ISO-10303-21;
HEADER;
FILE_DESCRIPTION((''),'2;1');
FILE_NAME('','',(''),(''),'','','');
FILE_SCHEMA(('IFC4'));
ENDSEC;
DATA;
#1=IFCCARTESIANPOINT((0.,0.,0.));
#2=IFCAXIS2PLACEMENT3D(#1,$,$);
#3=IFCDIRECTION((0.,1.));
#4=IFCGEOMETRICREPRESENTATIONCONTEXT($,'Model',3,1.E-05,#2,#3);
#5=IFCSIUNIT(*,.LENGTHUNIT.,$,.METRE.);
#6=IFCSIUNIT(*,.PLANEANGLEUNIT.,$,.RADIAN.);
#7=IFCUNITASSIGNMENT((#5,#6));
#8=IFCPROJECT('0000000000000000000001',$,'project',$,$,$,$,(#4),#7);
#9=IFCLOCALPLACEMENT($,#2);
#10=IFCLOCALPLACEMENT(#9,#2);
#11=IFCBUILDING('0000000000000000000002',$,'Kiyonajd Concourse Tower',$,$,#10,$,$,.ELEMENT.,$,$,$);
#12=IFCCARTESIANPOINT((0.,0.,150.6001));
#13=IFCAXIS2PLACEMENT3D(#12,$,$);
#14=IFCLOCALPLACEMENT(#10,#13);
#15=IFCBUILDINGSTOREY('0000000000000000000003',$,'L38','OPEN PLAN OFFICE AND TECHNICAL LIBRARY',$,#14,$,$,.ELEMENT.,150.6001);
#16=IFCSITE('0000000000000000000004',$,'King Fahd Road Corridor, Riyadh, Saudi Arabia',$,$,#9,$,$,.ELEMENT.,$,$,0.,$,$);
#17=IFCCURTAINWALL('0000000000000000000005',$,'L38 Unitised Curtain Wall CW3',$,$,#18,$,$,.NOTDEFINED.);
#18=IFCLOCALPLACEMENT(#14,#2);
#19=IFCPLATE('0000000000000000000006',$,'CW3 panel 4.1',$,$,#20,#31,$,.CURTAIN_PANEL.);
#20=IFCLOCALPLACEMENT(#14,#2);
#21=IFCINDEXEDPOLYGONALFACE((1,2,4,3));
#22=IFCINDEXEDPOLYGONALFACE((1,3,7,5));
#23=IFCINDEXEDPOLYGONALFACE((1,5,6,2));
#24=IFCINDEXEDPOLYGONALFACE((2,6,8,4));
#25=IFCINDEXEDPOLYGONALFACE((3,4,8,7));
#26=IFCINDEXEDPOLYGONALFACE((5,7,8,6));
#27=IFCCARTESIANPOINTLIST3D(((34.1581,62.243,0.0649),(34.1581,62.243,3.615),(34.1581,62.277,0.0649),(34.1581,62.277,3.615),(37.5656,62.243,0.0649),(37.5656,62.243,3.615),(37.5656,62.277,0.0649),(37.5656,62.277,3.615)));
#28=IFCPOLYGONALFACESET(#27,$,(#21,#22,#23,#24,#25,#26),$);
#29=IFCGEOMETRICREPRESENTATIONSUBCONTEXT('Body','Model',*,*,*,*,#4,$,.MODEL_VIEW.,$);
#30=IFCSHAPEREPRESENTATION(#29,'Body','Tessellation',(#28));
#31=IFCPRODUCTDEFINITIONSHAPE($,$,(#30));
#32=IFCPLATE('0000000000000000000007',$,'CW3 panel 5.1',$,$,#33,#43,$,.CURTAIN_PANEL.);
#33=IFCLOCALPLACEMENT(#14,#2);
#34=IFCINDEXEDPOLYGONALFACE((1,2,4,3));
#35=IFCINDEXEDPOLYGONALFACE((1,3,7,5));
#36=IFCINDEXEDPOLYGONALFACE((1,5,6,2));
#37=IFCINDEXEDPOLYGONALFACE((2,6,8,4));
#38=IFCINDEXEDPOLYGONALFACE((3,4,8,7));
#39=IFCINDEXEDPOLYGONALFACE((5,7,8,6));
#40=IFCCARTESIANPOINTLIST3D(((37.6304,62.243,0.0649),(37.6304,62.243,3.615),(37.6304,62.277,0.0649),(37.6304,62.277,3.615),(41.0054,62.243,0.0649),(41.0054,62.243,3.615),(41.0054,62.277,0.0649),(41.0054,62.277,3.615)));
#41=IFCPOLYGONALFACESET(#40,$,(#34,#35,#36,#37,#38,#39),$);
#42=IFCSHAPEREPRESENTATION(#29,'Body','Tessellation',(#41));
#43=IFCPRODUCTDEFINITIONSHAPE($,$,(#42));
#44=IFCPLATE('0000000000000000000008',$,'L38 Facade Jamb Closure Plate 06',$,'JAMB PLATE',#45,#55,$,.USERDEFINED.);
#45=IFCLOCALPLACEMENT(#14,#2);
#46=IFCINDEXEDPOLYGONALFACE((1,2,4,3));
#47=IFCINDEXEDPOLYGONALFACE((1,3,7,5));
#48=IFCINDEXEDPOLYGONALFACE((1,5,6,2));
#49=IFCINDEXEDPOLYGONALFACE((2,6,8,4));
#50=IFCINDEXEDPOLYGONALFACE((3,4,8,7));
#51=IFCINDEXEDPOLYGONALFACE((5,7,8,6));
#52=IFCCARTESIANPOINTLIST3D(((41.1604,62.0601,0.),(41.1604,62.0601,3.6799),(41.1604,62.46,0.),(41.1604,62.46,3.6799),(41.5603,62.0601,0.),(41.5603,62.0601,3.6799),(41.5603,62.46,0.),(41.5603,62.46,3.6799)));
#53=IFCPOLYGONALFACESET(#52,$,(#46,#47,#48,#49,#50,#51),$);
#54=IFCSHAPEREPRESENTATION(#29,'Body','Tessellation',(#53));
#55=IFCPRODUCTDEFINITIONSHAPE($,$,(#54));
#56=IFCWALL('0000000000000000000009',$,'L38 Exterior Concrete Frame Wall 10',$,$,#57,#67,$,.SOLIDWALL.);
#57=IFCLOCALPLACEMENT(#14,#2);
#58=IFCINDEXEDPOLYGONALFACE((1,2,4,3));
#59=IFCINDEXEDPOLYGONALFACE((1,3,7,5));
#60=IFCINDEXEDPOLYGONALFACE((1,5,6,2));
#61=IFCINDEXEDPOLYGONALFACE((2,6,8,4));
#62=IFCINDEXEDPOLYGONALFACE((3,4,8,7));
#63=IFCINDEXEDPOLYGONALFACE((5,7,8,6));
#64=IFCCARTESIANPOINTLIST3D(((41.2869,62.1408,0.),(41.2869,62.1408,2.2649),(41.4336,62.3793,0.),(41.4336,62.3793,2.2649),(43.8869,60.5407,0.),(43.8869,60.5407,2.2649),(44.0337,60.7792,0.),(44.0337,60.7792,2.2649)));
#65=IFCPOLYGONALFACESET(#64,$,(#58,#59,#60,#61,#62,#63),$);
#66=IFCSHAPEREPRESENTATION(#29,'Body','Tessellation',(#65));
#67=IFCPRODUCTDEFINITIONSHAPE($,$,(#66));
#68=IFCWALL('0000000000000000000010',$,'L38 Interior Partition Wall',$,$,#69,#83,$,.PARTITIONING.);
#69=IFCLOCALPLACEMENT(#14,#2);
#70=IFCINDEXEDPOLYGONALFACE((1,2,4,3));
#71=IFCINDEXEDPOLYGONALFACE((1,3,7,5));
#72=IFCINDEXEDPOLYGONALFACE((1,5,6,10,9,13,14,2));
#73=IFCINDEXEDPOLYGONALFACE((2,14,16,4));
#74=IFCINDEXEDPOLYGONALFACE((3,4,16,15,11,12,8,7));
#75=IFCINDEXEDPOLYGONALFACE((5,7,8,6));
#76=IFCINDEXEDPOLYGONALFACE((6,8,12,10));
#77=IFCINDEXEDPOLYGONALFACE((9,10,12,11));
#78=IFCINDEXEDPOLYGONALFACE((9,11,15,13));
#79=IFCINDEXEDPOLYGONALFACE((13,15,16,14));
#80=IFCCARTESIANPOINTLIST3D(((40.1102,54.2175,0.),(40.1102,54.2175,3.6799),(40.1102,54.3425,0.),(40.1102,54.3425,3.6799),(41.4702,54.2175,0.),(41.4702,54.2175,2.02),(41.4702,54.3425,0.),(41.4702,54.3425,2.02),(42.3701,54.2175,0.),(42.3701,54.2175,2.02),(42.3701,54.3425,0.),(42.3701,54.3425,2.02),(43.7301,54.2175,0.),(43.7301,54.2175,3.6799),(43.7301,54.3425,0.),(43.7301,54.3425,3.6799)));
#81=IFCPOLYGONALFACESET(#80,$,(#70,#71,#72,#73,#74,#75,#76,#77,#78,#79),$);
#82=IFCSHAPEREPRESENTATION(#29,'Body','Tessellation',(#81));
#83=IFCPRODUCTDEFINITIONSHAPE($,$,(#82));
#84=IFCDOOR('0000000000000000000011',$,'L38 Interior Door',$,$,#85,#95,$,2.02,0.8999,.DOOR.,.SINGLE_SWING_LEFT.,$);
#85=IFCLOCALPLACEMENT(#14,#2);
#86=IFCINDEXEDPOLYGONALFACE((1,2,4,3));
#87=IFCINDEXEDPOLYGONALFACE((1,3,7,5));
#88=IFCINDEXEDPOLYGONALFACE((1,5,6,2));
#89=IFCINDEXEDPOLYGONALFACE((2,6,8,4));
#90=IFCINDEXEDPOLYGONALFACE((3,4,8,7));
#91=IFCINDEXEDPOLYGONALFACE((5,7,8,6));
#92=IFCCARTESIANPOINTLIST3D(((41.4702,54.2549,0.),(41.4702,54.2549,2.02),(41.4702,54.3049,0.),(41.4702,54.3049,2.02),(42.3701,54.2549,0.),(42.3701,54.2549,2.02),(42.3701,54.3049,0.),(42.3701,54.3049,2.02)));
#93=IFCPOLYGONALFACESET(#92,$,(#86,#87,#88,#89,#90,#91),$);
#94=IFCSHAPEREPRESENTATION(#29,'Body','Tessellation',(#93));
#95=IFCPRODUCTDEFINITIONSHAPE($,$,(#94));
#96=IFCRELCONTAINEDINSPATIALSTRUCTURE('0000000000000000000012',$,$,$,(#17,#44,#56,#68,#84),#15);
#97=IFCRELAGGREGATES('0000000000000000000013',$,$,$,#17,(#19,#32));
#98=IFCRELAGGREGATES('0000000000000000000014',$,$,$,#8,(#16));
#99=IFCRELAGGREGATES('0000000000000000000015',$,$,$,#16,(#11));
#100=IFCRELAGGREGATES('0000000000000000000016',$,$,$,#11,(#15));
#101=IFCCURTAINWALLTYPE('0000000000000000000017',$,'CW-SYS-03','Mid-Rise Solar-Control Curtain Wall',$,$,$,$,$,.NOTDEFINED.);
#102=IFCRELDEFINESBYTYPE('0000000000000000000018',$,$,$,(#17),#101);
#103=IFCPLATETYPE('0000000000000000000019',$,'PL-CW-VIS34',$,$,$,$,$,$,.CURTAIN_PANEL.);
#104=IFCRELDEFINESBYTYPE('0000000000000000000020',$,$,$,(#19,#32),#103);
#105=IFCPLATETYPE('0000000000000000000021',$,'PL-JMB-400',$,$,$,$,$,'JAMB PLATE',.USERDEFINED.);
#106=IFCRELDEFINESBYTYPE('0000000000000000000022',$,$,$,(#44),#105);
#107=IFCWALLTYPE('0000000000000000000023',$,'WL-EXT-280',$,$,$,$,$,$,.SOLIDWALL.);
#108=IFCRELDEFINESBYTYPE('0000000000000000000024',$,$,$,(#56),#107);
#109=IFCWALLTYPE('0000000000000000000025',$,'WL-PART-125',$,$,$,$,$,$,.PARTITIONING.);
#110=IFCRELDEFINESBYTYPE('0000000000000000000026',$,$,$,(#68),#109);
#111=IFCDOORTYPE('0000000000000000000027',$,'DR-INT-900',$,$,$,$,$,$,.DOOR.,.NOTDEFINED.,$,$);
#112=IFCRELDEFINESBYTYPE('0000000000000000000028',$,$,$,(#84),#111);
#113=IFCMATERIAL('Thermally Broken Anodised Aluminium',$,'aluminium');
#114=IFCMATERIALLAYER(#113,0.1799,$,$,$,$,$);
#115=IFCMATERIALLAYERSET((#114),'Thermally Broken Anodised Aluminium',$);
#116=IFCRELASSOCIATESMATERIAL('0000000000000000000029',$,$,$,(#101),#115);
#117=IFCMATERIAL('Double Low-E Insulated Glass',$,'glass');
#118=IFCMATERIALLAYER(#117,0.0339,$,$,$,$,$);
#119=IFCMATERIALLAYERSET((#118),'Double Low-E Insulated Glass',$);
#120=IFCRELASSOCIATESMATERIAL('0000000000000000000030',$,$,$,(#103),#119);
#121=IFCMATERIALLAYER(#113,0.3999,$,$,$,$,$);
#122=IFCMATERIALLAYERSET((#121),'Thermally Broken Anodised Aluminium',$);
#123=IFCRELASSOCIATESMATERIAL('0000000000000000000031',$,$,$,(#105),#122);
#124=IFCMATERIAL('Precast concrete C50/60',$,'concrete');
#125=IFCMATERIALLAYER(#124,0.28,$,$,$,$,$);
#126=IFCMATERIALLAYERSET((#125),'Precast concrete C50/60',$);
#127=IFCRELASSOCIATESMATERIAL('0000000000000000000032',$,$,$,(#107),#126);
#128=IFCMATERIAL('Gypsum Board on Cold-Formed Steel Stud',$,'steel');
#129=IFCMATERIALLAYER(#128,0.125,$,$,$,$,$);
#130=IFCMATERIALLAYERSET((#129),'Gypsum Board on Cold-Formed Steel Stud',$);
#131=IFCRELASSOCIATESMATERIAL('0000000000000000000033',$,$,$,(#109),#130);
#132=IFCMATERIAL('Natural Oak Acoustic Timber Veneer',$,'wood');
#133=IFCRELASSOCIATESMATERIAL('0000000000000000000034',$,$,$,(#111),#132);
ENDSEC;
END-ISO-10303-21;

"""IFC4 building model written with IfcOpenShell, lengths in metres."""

from ifc_helpers import new_model, si_unit, direction, frame, frame_2d, origin, origin_2d, place, context, subcontext, project, spatial, rectangle, extrude, material, layer, layer_set, type_object, element, fill, aggregate, save


model = new_model("IFC4")

# Units and contexts
model_context = context("Model", 3, precision=1e-05, world=origin(), true_north=direction((0.0, 1.0)))
body_context = subcontext(model_context, "Body", "Model", "MODEL_VIEW")
ifc_project = project(units=[si_unit("LENGTHUNIT", "METRE"), si_unit("PLANEANGLEUNIT", "RADIAN")], contexts=[model_context])

# Site, building, storey
site_placement = place(None, origin())
site = spatial("IfcSite", under=ifc_project, at=site_placement, Name="King Fahd Road Corridor, Riyadh, Saudi Arabia", CompositionType="ELEMENT", RefElevation=0.0)
building_placement = place(site_placement, origin())
building = spatial("IfcBuilding", under=site, at=building_placement, Name="Kiyonajd Concourse Tower", CompositionType="ELEMENT")
storey_placement = place(building_placement, frame((0.0, 0.0, 150.6001)))
storey = spatial("IfcBuildingStorey", under=building, at=storey_placement, Name="L38", Description="OPEN PLAN OFFICE AND TECHNICAL LIBRARY", CompositionType="ELEMENT", Elevation=150.6001)

# Curtain wall
ifc_material_1 = material(Name="Thermally Broken Anodised Aluminium", Category="aluminium")
ifc_layer_1 = layer(ifc_material_1, 0.1799)
ifc_layer_set_1 = layer_set([ifc_layer_1], Name="Thermally Broken Anodised Aluminium")
curtain_wall_type = type_object("IfcCurtainWallType", Name="CW-SYS-03", Description="Mid-Rise Solar-Control Curtain Wall", PredefinedType="NOTDEFINED", material=ifc_layer_set_1)
curtain_wall_placement = place(storey_placement, origin())
curtain_wall = element("IfcCurtainWall", 1, at=curtain_wall_placement, inside=storey, type_object=curtain_wall_type, Name="L38 Unitised Curtain Wall CW3", PredefinedType="NOTDEFINED")

# Plates
ifc_material_2 = material(Name="Double Low-E Insulated Glass", Category="glass")
ifc_layer_2 = layer(ifc_material_2, 0.0339)
ifc_layer_set_2 = layer_set([ifc_layer_2], Name="Double Low-E Insulated Glass")
plate_type_1 = type_object("IfcPlateType", Name="PL-CW-VIS34", PredefinedType="CURTAIN_PANEL", material=ifc_layer_set_2)
plate_1_placement = place(storey_placement, frame((35.8618, 62.26, 0.0649), z_axis=(0.0, 0.0, 1.0), x_axis=(1.0, 0.0, 0.0)))
plate_1 = element("IfcPlate", 2, at=plate_1_placement, type_object=plate_type_1, Name="CW3 panel 4.1", PredefinedType="CURTAIN_PANEL", context=body_context, shape_type="SweptSolid", body=[
    extrude(rectangle(XDim=3.4075, YDim=0.0339, at=origin_2d()), origin(), (0.0, 0.0, 1.0), 3.55),
])
plate_2_placement = place(storey_placement, frame((39.3179, 62.26, 0.0649), z_axis=(0.0, 0.0, 1.0), x_axis=(1.0, 0.0, 0.0)))
plate_2 = element("IfcPlate", 3, at=plate_2_placement, type_object=plate_type_1, Name="CW3 panel 5.1", PredefinedType="CURTAIN_PANEL", context=body_context, shape_type="SweptSolid", body=[
    extrude(rectangle(XDim=3.375, YDim=0.0339, at=origin_2d()), origin(), (0.0, 0.0, 1.0), 3.55),
])
aggregate(curtain_wall, [plate_1, plate_2])
ifc_layer_3 = layer(ifc_material_1, 0.3999)
ifc_layer_set_3 = layer_set([ifc_layer_3], Name="Thermally Broken Anodised Aluminium")
plate_type_2 = type_object("IfcPlateType", Name="PL-JMB-400", ElementType="JAMB PLATE", PredefinedType="USERDEFINED", material=ifc_layer_set_3)
plate_3_placement = place(storey_placement, frame((41.3604, 62.26, 0.0), z_axis=(0.0, 0.0, 1.0), x_axis=(1.0, 0.0, 0.0)))
element("IfcPlate", 4, at=plate_3_placement, inside=storey, type_object=plate_type_2, Name="L38 Facade Jamb Closure Plate 06", ObjectType="JAMB PLATE", PredefinedType="USERDEFINED", context=body_context, shape_type="SweptSolid", body=[
    extrude(rectangle(XDim=0.3999, YDim=0.3999, at=origin_2d()), origin(), (0.0, 0.0, 1.0), 3.6799),
])

# Wall
ifc_material_3 = material(Name="Precast concrete C50/60", Category="concrete")
ifc_layer_4 = layer(ifc_material_3, 0.28)
ifc_layer_set_4 = layer_set([ifc_layer_4], Name="Precast concrete C50/60")
wall_type_1 = type_object("IfcWallType", Name="WL-EXT-280", PredefinedType="SOLIDWALL", material=ifc_layer_set_4)
wall_1_placement = place(storey_placement, frame((41.3604, 62.26, 0.0), z_axis=(0.0, 0.0, 1.0), x_axis=(0.851653, -0.524106, 0.0)))
element("IfcWall", 5, at=wall_1_placement, inside=storey, type_object=wall_type_1, Name="L38 Exterior Concrete Frame Wall 10", PredefinedType="SOLIDWALL", context=body_context, shape_type="SweptSolid", body=[
    extrude(rectangle(XDim=3.053, YDim=0.28, at=frame_2d((1.5264, 0.0))), origin(), (0.0, 0.0, 1.0), 2.2649),
])

# Wall, opening, door
ifc_material_4 = material(Name="Gypsum Board on Cold-Formed Steel Stud", Category="steel")
ifc_layer_5 = layer(ifc_material_4, 0.125)
ifc_layer_set_5 = layer_set([ifc_layer_5], Name="Gypsum Board on Cold-Formed Steel Stud")
wall_type_2 = type_object("IfcWallType", Name="WL-PART-125", PredefinedType="PARTITIONING", material=ifc_layer_set_5)
wall_2_placement = place(storey_placement, frame((40.1101, 54.28, 0.0), z_axis=(0.0, 0.0, 1.0), x_axis=(1.0, 0.0, 0.0)))
wall_2 = element("IfcWall", 6, at=wall_2_placement, inside=storey, type_object=wall_type_2, Name="L38 Interior Partition Wall", PredefinedType="PARTITIONING", context=body_context, shape_type="SweptSolid", body=[
    extrude(rectangle(XDim=3.6199, YDim=0.125, at=frame_2d((1.8101, 0.0))), origin(), (0.0, 0.0, 1.0), 3.6799),
])
opening_placement = place(wall_2_placement, frame((1.3601, 0.0, 0.0)))
opening = element("IfcOpeningElement", 7, at=opening_placement, cuts=wall_2, PredefinedType="OPENING", context=body_context, shape_type="SweptSolid", body=[
    extrude(rectangle(XDim=0.8999, YDim=2.02, at=frame_2d((0.45, 1.01))), frame((0.0, 0.0725, 0.0), z_axis=(0.0, -1.0, 0.0), x_axis=(1.0, 0.0, 0.0)), (0.0, 0.0, 1.0), 0.145),
])
ifc_material_5 = material(Name="Natural Oak Acoustic Timber Veneer", Category="wood")
door_type = type_object("IfcDoorType", Name="DR-INT-900", OperationType="NOTDEFINED", PredefinedType="DOOR", material=ifc_material_5)
door_placement = place(opening_placement, origin())
door = element("IfcDoor", 8, at=door_placement, inside=storey, type_object=door_type, Name="L38 Interior Door", OperationType="SINGLE_SWING_LEFT", OverallHeight=2.02, OverallWidth=0.8999, PredefinedType="DOOR", context=body_context, shape_type="SweptSolid", body=[
    extrude(rectangle(XDim=0.8999, YDim=2.02, at=frame_2d((0.45, 1.01))), frame((0.0, 0.0249, 0.0), z_axis=(0.0, -1.0, 0.0), x_axis=(1.0, 0.0, 0.0)), (0.0, 0.0, 1.0), 0.05),
])
fill(opening, door)

save(model, "model.ifc")
